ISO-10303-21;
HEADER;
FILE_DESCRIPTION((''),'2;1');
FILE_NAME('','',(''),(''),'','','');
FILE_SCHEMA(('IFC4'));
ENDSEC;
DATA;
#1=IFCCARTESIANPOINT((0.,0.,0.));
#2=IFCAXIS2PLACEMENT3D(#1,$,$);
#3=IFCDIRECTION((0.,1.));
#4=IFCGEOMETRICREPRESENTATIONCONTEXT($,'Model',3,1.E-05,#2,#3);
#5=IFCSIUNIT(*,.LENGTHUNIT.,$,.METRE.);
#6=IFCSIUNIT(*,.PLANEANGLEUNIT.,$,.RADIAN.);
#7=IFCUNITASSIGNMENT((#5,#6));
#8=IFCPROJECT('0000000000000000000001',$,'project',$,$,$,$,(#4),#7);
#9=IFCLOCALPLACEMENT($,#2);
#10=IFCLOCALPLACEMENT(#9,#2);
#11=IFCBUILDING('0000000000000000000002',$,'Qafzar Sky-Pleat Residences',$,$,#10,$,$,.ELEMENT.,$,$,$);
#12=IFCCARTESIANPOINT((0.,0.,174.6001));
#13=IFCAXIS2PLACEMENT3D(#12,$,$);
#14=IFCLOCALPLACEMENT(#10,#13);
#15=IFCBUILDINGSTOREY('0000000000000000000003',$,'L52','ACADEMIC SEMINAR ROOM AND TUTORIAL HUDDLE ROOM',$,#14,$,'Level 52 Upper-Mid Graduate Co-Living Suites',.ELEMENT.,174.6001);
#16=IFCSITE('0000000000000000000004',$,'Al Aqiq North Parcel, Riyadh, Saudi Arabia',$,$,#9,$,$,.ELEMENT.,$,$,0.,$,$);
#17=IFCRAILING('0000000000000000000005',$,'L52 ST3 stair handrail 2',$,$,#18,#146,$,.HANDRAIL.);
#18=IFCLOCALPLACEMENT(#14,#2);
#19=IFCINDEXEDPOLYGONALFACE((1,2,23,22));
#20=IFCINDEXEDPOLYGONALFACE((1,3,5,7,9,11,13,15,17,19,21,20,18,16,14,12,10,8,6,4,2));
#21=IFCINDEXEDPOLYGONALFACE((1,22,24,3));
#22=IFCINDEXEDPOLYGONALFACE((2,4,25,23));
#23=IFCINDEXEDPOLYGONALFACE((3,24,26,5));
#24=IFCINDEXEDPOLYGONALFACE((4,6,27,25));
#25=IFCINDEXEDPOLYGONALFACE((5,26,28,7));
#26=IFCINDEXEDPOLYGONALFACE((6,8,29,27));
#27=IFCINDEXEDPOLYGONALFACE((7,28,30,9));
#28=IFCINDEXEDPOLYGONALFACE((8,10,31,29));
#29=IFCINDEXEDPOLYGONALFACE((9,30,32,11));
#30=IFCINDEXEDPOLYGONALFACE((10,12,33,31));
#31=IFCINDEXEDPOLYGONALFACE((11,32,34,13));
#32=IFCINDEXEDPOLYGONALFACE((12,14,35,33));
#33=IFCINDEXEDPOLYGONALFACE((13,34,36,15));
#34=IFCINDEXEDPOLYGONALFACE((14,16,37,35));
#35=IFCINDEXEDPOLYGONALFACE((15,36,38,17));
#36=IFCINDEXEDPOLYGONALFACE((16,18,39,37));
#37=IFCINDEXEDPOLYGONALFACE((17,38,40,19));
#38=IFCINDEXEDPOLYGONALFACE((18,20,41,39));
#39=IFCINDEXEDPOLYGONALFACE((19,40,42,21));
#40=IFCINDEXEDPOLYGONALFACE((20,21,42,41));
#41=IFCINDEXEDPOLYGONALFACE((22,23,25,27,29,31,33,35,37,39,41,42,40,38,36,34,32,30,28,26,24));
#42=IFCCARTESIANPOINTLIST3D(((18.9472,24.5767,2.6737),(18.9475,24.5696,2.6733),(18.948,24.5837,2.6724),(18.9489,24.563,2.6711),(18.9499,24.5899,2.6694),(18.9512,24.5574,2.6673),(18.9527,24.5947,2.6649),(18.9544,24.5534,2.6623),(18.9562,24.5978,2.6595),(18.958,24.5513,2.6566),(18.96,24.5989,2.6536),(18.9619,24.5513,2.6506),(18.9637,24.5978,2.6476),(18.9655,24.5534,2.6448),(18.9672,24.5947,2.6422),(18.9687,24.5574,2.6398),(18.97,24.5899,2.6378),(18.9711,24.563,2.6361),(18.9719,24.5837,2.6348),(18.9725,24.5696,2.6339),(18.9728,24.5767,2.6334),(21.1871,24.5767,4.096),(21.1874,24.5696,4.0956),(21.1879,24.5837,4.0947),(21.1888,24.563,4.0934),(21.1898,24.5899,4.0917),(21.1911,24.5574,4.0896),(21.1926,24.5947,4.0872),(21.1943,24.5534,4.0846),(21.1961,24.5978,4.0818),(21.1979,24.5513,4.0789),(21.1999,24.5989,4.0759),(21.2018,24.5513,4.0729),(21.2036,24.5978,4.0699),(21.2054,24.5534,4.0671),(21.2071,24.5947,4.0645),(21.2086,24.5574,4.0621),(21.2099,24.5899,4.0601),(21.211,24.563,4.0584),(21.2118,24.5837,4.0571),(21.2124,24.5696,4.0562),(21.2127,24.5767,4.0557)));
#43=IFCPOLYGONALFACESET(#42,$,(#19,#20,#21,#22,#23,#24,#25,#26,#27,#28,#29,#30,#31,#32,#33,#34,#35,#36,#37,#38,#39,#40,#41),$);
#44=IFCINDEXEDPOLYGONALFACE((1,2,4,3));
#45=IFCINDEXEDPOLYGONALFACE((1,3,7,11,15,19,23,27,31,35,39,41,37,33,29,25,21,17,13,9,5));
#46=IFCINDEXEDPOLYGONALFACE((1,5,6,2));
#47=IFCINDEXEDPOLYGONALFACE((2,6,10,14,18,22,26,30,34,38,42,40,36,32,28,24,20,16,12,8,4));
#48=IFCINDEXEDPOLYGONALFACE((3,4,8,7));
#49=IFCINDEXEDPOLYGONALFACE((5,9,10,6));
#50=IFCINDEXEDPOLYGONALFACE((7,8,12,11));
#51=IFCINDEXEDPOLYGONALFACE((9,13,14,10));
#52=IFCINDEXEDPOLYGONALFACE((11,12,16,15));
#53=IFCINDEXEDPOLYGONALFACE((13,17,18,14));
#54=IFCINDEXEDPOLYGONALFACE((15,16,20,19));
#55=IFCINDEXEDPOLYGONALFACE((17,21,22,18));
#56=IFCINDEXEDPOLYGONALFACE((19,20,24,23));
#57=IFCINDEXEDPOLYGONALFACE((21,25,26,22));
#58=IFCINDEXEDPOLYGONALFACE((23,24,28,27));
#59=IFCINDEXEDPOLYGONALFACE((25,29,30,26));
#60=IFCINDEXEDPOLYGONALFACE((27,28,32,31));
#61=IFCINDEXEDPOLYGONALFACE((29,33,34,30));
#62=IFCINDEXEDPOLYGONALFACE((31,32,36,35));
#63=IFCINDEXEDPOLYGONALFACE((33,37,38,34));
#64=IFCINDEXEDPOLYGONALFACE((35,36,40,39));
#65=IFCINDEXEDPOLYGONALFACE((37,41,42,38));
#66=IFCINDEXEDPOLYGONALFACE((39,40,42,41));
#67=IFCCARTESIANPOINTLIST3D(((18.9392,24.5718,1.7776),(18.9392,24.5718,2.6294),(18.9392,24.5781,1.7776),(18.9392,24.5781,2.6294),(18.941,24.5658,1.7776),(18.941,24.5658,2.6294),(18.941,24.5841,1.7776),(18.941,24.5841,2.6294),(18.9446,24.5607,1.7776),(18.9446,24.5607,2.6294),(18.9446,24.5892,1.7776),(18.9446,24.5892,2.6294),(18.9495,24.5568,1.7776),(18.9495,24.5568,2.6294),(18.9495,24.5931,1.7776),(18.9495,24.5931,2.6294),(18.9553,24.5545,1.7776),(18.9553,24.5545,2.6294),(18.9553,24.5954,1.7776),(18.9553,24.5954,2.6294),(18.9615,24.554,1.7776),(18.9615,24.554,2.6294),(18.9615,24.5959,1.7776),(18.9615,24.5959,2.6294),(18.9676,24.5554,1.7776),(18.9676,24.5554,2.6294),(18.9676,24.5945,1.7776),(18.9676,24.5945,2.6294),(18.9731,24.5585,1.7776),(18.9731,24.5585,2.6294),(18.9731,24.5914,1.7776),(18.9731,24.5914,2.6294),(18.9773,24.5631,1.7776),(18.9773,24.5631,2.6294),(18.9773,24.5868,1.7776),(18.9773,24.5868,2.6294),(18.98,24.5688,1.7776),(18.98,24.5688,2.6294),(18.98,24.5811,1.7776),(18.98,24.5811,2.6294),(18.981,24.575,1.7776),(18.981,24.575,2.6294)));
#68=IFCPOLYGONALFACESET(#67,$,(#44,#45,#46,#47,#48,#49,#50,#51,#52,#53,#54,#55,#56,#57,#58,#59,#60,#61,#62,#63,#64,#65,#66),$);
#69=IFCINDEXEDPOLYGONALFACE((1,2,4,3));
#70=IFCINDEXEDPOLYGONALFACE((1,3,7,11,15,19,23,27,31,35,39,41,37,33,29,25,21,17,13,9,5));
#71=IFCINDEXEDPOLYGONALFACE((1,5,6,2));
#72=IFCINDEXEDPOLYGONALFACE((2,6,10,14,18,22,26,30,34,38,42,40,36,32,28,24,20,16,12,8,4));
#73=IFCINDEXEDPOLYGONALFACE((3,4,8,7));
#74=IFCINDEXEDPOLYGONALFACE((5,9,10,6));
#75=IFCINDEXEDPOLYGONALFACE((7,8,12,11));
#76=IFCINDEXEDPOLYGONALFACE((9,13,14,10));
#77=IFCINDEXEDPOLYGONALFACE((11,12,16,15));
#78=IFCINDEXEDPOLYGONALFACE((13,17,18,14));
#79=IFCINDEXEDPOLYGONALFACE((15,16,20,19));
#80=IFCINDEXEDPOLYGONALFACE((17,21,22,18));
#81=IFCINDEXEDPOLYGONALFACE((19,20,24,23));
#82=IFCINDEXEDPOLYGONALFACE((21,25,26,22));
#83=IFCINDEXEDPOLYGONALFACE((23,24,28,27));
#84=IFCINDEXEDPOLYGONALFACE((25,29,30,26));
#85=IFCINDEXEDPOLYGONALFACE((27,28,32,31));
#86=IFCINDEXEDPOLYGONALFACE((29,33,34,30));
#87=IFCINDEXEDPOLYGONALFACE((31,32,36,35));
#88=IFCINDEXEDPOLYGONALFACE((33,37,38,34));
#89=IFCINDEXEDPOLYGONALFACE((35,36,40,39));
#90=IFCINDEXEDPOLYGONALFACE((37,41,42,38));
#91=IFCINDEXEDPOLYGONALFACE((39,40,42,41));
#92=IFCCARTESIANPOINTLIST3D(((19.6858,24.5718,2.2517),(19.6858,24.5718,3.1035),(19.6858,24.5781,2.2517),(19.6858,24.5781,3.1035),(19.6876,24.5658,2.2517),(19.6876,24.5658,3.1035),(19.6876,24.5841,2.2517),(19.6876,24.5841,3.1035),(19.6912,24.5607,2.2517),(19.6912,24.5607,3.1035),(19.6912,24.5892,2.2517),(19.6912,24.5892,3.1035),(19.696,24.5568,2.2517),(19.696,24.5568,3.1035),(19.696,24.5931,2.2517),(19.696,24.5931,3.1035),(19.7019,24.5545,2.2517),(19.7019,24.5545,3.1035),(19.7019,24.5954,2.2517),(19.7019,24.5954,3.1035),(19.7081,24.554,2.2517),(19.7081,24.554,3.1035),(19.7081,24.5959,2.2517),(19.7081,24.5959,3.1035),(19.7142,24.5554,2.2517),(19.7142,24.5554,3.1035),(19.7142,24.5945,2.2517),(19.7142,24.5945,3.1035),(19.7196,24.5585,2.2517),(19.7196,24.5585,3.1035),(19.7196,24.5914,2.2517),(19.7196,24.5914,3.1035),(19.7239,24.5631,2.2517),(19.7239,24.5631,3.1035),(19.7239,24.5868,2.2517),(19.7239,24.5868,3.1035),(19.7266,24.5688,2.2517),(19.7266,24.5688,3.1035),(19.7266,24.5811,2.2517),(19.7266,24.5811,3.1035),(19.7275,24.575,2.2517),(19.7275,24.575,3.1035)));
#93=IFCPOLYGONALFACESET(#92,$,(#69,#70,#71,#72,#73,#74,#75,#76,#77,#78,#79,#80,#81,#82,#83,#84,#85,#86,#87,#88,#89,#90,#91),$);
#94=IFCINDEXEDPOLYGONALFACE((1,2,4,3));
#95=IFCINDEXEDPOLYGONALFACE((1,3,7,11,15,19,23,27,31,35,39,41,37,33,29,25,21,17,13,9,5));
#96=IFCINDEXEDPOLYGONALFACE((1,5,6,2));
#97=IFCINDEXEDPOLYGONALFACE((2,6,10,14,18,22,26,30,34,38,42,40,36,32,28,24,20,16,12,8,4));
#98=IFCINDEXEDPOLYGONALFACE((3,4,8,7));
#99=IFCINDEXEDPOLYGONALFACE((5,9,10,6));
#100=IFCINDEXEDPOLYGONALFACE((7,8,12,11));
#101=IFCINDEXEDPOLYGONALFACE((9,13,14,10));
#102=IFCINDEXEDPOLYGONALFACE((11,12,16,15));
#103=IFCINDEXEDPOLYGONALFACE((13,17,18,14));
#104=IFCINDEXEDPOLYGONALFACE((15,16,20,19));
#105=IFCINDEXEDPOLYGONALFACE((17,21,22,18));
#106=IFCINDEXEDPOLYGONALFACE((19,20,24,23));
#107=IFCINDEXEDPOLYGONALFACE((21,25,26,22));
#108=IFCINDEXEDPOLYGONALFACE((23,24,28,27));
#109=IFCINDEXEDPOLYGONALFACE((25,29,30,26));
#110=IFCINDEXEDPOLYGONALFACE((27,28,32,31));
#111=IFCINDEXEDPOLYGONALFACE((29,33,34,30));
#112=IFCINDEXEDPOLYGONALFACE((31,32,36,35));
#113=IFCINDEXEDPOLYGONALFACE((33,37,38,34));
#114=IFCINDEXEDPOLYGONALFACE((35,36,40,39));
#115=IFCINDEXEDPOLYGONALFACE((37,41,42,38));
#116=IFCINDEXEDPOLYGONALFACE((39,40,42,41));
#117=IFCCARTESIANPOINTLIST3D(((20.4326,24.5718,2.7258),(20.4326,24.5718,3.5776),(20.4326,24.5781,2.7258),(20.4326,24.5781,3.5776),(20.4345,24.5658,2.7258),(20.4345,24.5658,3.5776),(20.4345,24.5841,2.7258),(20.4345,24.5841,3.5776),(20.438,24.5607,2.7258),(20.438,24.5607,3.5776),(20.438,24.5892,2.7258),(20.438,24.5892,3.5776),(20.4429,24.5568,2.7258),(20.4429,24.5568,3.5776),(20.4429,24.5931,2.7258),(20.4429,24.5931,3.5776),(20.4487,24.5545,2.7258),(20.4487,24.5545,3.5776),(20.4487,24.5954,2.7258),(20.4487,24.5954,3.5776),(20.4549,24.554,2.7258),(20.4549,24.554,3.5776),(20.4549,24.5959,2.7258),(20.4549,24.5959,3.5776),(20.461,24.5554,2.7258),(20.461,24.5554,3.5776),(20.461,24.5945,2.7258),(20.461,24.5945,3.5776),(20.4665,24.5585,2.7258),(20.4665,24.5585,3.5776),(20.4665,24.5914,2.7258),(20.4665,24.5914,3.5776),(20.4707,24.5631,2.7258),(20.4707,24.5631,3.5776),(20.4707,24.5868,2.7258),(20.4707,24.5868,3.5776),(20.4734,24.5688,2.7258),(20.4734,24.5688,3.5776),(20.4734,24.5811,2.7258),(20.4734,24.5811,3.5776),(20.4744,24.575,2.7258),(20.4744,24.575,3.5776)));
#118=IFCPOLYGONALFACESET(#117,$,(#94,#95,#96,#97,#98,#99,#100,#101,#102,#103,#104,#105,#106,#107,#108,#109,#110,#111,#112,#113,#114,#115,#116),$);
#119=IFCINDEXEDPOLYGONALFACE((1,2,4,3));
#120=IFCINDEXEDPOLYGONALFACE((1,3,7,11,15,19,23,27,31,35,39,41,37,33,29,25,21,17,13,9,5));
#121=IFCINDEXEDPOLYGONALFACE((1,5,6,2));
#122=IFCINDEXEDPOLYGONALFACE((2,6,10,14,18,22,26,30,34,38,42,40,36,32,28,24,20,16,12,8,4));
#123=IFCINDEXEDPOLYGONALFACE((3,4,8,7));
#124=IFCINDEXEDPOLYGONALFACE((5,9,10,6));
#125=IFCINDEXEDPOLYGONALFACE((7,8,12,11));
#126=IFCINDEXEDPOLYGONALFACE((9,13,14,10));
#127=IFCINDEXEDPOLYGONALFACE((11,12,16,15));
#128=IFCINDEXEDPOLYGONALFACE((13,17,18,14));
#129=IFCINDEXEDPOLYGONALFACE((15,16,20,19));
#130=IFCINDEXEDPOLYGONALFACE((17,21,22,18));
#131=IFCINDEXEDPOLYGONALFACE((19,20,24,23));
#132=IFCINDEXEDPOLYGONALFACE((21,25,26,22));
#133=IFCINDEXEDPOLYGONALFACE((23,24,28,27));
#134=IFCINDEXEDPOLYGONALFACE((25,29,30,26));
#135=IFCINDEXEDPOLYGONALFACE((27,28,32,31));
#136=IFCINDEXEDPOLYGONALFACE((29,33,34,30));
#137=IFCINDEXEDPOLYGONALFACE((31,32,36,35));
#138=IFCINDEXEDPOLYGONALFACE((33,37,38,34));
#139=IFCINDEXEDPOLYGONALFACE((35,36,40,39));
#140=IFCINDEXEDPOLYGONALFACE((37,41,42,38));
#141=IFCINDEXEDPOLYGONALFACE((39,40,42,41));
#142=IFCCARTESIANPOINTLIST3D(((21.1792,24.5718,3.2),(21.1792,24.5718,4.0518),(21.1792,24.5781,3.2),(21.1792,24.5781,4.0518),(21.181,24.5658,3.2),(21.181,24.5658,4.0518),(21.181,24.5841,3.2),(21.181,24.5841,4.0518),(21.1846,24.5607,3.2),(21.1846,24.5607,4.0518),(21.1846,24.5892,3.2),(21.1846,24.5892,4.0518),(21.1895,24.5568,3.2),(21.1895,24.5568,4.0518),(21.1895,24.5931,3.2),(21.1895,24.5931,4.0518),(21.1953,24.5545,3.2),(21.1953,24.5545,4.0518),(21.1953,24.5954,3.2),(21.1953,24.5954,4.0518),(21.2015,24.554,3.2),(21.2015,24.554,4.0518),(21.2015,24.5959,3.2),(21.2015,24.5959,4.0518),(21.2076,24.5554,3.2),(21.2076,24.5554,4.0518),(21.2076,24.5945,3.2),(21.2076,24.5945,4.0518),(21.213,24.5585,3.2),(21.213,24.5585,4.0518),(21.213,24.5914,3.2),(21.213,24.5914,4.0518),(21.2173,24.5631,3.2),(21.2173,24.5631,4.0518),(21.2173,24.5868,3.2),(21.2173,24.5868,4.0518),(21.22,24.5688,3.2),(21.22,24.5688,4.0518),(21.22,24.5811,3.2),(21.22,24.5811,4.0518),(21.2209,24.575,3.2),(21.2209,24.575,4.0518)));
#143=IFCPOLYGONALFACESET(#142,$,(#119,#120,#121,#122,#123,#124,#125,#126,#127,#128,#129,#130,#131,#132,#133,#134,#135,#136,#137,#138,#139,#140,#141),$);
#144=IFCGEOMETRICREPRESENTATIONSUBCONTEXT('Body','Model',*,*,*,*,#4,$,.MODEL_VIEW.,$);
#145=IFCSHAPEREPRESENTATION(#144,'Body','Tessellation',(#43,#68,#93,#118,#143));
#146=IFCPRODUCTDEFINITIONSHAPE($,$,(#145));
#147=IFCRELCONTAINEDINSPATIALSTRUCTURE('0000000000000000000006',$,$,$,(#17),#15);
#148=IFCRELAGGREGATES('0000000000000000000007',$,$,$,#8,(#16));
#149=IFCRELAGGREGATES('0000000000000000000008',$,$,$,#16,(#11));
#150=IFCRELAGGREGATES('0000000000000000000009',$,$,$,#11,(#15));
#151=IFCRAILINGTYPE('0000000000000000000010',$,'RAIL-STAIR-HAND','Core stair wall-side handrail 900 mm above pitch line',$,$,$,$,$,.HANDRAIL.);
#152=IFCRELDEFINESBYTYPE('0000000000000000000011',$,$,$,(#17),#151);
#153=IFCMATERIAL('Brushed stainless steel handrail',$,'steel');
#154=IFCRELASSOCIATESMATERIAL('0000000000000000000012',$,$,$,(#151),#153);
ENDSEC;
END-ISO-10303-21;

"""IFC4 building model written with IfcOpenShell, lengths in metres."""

from ifc_helpers import new_model, si_unit, direction, frame, origin, origin_2d, place, context, subcontext, project, spatial, circle, extrude, source, transform, mapped, material, type_object, element, save


model = new_model("IFC4")

# Units and contexts
model_context = context("Model", 3, precision=1e-05, world=origin(), true_north=direction((0.0, 1.0)))
body_context = subcontext(model_context, "Body", "Model", "MODEL_VIEW")
ifc_project = project(units=[si_unit("LENGTHUNIT", "METRE"), si_unit("PLANEANGLEUNIT", "RADIAN")], contexts=[model_context])

# Site, building, storey
site_placement = place(None, origin())
site = spatial("IfcSite", under=ifc_project, at=site_placement, Name="Al Aqiq North Parcel, Riyadh, Saudi Arabia", CompositionType="ELEMENT", RefElevation=0.0)
building_placement = place(site_placement, origin())
building = spatial("IfcBuilding", under=site, at=building_placement, Name="Qafzar Sky-Pleat Residences", CompositionType="ELEMENT")
storey_placement = place(building_placement, frame((0.0, 0.0, 174.6001)))
storey = spatial("IfcBuildingStorey", under=building, at=storey_placement, Name="L52", Description="ACADEMIC SEMINAR ROOM AND TUTORIAL HUDDLE ROOM", LongName="Level 52 Upper-Mid Graduate Co-Living Suites", CompositionType="ELEMENT", Elevation=174.6001)

# Railing
ifc_material_1 = material(Name="Brushed stainless steel handrail", Category="steel")
railing_type_1 = type_object("IfcRailingType", Name="RAIL-STAIR-HAND", Description="Core stair wall-side handrail 900 mm above pitch line", PredefinedType="HANDRAIL", material=ifc_material_1)
shared_shape_1 = source(origin(), body_context, "Body", "SweptSolid", [
    extrude(circle(Radius=0.0239, at=origin_2d()), frame((0.0, 0.0, 0.876), z_axis=(0.844188, 0.0, 0.536048), x_axis=(0.0, 1.0, 0.0)), (0.0, 0.0, 1.0), 2.6533),
    extrude(circle(Radius=0.021, at=origin_2d()), origin(), (0.0, 0.0, 1.0), 0.8518),
    extrude(circle(Radius=0.021, at=origin_2d()), frame((0.7466, 0.0, 0.4741)), (0.0, 0.0, 1.0), 0.8518),
    extrude(circle(Radius=0.021, at=origin_2d()), frame((1.4934, 0.0, 0.9482)), (0.0, 0.0, 1.0), 0.8518),
    extrude(circle(Radius=0.021, at=origin_2d()), frame((2.24, 0.0, 1.4224)), (0.0, 0.0, 1.0), 0.8518),
])
railing_1_placement = place(storey_placement, frame((18.96, 24.575, 1.7776)))
element("IfcRailing", 1, at=railing_1_placement, inside=storey, type_object=railing_type_1, Name="L52 ST3 stair handrail 2", PredefinedType="HANDRAIL", context=body_context, shape_type="MappedRepresentation", body=[
    mapped(shared_shape_1, transform((0.0, 0.0, 0.0), x_axis=(1.0, 0.0, 0.0), y_axis=(0.0, 1.0, 0.0), z_axis=(0.0, 0.0, 1.0), scale=1.0)),
])

save(model, "model.ifc")
